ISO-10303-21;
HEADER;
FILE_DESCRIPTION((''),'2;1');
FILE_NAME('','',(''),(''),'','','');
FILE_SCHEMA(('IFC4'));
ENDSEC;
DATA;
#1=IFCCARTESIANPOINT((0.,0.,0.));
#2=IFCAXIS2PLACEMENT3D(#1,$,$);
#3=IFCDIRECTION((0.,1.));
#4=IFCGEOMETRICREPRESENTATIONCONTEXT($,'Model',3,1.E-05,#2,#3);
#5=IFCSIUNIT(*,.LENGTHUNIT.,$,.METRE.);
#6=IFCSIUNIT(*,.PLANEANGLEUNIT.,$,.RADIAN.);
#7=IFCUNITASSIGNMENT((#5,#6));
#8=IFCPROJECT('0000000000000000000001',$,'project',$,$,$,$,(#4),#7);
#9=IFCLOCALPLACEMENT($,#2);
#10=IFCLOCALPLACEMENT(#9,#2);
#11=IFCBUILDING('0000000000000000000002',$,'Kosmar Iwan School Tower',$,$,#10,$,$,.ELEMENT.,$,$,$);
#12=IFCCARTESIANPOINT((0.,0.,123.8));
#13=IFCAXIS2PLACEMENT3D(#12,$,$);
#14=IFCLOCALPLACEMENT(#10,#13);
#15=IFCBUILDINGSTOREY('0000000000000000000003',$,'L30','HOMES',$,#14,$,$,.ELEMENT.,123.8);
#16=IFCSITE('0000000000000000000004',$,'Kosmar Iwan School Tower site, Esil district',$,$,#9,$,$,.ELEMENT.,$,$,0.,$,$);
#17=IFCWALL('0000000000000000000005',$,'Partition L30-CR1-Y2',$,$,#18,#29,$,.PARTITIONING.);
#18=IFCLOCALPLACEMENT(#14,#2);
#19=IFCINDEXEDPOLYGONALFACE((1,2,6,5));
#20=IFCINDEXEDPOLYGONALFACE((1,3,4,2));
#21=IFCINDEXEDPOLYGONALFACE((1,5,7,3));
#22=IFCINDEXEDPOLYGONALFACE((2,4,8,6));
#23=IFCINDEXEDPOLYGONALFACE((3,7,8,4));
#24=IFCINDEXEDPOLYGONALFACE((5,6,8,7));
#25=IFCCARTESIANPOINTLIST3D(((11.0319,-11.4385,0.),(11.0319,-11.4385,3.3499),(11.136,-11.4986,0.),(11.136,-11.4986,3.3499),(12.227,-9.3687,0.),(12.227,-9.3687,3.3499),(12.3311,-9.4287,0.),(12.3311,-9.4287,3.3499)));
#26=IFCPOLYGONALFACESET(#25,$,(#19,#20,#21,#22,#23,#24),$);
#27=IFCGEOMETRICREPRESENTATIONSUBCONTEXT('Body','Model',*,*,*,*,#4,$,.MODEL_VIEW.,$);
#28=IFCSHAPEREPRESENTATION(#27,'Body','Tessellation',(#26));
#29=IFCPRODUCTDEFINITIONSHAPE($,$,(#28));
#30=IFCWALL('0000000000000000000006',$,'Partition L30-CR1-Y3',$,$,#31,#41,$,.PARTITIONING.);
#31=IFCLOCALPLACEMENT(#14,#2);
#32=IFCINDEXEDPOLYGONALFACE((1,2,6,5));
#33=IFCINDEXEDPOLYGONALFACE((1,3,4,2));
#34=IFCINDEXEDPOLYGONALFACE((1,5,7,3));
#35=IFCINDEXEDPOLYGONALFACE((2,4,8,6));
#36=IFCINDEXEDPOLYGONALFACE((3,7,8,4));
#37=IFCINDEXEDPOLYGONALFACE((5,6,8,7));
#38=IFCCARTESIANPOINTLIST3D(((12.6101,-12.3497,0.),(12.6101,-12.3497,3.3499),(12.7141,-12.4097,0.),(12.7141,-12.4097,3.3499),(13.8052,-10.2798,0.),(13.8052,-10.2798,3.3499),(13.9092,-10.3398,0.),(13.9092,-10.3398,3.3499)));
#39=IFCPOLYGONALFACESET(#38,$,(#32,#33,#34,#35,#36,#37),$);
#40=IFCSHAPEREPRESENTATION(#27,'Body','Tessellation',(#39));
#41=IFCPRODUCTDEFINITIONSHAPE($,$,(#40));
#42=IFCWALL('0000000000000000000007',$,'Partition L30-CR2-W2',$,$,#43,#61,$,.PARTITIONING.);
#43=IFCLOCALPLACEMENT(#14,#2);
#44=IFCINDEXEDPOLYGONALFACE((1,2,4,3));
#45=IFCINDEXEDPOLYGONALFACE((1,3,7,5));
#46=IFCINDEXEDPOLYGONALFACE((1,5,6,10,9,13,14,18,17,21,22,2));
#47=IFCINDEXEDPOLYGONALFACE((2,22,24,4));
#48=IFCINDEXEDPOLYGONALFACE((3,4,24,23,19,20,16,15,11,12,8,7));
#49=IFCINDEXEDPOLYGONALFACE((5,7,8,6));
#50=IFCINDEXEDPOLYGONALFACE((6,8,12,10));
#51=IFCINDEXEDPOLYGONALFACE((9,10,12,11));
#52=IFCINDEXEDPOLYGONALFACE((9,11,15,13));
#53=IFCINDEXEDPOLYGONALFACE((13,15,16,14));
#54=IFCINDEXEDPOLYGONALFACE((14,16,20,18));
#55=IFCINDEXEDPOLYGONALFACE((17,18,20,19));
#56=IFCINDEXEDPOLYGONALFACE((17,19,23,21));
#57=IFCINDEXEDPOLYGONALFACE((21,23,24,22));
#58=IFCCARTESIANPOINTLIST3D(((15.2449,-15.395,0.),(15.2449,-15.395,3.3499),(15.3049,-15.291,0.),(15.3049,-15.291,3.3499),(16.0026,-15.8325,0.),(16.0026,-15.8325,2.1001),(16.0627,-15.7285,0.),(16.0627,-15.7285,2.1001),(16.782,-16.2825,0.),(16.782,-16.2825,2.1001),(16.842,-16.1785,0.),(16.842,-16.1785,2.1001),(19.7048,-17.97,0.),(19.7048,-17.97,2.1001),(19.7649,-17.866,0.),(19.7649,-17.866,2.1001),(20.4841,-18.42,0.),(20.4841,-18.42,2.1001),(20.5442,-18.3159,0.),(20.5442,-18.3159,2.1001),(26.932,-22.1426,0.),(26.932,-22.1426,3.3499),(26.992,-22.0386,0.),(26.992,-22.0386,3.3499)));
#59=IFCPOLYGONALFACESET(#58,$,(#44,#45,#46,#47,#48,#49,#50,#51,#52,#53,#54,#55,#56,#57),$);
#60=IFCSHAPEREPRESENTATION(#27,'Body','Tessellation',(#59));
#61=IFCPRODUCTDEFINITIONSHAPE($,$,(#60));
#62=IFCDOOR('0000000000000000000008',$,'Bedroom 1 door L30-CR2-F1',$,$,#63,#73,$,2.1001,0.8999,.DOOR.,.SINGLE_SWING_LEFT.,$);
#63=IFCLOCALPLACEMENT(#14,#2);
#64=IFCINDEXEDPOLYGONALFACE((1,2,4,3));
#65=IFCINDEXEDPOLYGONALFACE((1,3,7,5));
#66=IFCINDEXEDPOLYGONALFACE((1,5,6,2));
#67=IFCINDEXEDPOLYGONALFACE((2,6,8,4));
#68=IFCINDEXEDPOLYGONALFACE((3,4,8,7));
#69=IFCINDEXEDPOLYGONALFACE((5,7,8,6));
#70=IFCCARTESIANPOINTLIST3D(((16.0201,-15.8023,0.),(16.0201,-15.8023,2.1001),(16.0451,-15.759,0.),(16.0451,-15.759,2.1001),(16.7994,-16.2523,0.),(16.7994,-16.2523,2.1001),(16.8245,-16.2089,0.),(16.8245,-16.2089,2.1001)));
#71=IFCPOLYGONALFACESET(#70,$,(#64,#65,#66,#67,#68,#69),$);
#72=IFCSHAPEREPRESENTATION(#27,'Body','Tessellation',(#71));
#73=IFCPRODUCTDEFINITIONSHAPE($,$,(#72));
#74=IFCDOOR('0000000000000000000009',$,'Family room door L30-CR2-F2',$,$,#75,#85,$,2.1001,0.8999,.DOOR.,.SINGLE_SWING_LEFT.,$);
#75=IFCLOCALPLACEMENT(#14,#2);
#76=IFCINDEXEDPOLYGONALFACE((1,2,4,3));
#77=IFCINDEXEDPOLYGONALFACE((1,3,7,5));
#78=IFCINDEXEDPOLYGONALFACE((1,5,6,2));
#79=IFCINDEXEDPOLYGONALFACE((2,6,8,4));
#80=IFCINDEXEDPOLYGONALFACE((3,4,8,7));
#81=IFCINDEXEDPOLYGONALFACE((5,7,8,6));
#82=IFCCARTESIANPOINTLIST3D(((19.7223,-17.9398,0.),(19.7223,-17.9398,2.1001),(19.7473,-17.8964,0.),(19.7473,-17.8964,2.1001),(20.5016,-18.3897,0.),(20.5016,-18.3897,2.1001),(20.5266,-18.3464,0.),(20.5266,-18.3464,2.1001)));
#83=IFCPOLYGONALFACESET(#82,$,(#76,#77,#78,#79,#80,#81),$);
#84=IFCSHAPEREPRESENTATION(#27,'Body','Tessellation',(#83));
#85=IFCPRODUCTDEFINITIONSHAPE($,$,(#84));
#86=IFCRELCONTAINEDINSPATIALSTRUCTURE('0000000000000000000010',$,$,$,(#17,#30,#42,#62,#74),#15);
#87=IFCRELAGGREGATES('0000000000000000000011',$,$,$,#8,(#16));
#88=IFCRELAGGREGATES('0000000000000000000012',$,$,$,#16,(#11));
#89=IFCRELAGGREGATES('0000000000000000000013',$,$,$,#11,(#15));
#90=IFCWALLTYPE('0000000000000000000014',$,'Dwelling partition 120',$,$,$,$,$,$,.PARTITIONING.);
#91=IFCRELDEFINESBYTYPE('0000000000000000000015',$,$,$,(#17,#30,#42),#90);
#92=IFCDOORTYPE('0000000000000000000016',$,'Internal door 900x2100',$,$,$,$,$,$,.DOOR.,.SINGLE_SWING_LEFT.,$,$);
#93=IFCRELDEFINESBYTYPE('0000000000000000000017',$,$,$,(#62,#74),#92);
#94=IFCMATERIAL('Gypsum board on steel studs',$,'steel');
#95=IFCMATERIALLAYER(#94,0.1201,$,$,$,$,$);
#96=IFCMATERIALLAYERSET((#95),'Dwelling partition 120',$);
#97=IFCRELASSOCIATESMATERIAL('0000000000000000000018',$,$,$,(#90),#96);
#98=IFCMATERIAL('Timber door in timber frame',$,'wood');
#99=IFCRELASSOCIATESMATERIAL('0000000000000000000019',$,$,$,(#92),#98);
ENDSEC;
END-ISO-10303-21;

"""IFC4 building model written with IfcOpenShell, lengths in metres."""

from ifc_helpers import new_model, si_unit, direction, frame, frame_2d, origin, place, context, subcontext, project, spatial, rectangle, extrude, material, layer, layer_set, type_object, element, fill, save


model = new_model("IFC4")

# Units and contexts
model_context = context("Model", 3, precision=1e-05, world=origin(), true_north=direction((0.0, 1.0)))
body_context = subcontext(model_context, "Body", "Model", "MODEL_VIEW")
ifc_project = project(units=[si_unit("LENGTHUNIT", "METRE"), si_unit("PLANEANGLEUNIT", "RADIAN")], contexts=[model_context])

# Site, building, storey
site_placement = place(None, origin())
site = spatial("IfcSite", under=ifc_project, at=site_placement, Name="Kosmar Iwan School Tower site, Esil district", CompositionType="ELEMENT", RefElevation=0.0)
building_placement = place(site_placement, origin())
building = spatial("IfcBuilding", under=site, at=building_placement, Name="Kosmar Iwan School Tower", CompositionType="ELEMENT")
storey_placement = place(building_placement, frame((0.0, 0.0, 123.8)))
storey = spatial("IfcBuildingStorey", under=building, at=storey_placement, Name="L30", Description="HOMES", CompositionType="ELEMENT", Elevation=123.8)

# Walls
ifc_material_1 = material(Name="Gypsum board on steel studs", Category="steel")
ifc_layer_1 = layer(ifc_material_1, 0.1201)
ifc_layer_set_1 = layer_set([ifc_layer_1], Name="Dwelling partition 120")
wall_type_1 = type_object("IfcWallType", Name="Dwelling partition 120", PredefinedType="PARTITIONING", material=ifc_layer_set_1)
for number, where, z_axis, x_axis, name in (
    (1, (12.2791, -9.3987, 0.0), (0.0, 0.0, 1.0), (-0.500017, -0.866015, 0.0), "Partition L30-CR1-Y2"),
    (2, (13.8572, -10.3098, 0.0), (0.0, 0.0, 1.0), (-0.500017, -0.866015, 0.0), "Partition L30-CR1-Y3"),
):
    element("IfcWall", number, at=place(storey_placement, frame(where, z_axis=z_axis, x_axis=x_axis)), inside=storey, type_object=wall_type_1, Name=name, PredefinedType="PARTITIONING", context=body_context, shape_type="SweptSolid", body=[
        extrude(rectangle(XDim=2.3901, YDim=0.1201, at=frame_2d((1.1951, 0.0))), origin(), (0.0, 0.0, 1.0), 3.3499),
    ])

# Wall, openings, doors
wall_1_placement = place(storey_placement, frame((15.2749, -15.343, 0.0), z_axis=(0.0, 0.0, 1.0), x_axis=(0.866024, -0.500003, 0.0)))
wall_1 = element("IfcWall", 3, at=wall_1_placement, inside=storey, type_object=wall_type_1, Name="Partition L30-CR2-W2", PredefinedType="PARTITIONING", context=body_context, shape_type="SweptSolid", body=[
    extrude(rectangle(XDim=13.4951, YDim=0.1201, at=frame_2d((6.7476, 0.0))), origin(), (0.0, 0.0, 1.0), 3.3499),
])
opening_1_placement = place(wall_1_placement, frame((0.875, 0.0, 0.0)))
opening_1 = element("IfcOpeningElement", 4, at=opening_1_placement, cuts=wall_1, PredefinedType="OPENING", context=body_context, shape_type="SweptSolid", body=[
    extrude(rectangle(XDim=0.8999, YDim=2.1001, at=frame_2d((0.45, 1.05))), frame((0.0, 0.072, 0.0), z_axis=(0.0, -1.0, 0.0), x_axis=(1.0, 0.0, 0.0)), (0.0, 0.0, 1.0), 0.144),
])
opening_2_placement = place(wall_1_placement, frame((5.1499, 0.0, 0.0)))
opening_2 = element("IfcOpeningElement", 5, at=opening_2_placement, cuts=wall_1, PredefinedType="OPENING", context=body_context, shape_type="SweptSolid", body=[
    extrude(rectangle(XDim=0.8999, YDim=2.1001, at=frame_2d((0.45, 1.05))), frame((0.0, 0.072, 0.0), z_axis=(0.0, -1.0, 0.0), x_axis=(1.0, 0.0, 0.0)), (0.0, 0.0, 1.0), 0.144),
])
ifc_material_2 = material(Name="Timber door in timber frame", Category="wood")
door_type_1 = type_object("IfcDoorType", Name="Internal door 900x2100", OperationType="SINGLE_SWING_LEFT", PredefinedType="DOOR", material=ifc_material_2)
door_1_placement = place(opening_1_placement, origin())
door_1 = element("IfcDoor", 6, at=door_1_placement, inside=storey, type_object=door_type_1, Name="Bedroom 1 door L30-CR2-F1", OperationType="SINGLE_SWING_LEFT", OverallHeight=2.1001, OverallWidth=0.8999, PredefinedType="DOOR", context=body_context, shape_type="SweptSolid", body=[
    extrude(rectangle(XDim=0.8999, YDim=2.1001, at=frame_2d((0.45, 1.05))), frame((0.0, 0.0249, 0.0), z_axis=(0.0, -1.0, 0.0), x_axis=(1.0, 0.0, 0.0)), (0.0, 0.0, 1.0), 0.05),
])
fill(opening_1, door_1)
door_2_placement = place(opening_2_placement, origin())
door_2 = element("IfcDoor", 7, at=door_2_placement, inside=storey, type_object=door_type_1, Name="Family room door L30-CR2-F2", OperationType="SINGLE_SWING_LEFT", OverallHeight=2.1001, OverallWidth=0.8999, PredefinedType="DOOR", context=body_context, shape_type="SweptSolid", body=[
    extrude(rectangle(XDim=0.8999, YDim=2.1001, at=frame_2d((0.45, 1.05))), frame((0.0, 0.0249, 0.0), z_axis=(0.0, -1.0, 0.0), x_axis=(1.0, 0.0, 0.0)), (0.0, 0.0, 1.0), 0.05),
])
fill(opening_2, door_2)

save(model, "model.ifc")
